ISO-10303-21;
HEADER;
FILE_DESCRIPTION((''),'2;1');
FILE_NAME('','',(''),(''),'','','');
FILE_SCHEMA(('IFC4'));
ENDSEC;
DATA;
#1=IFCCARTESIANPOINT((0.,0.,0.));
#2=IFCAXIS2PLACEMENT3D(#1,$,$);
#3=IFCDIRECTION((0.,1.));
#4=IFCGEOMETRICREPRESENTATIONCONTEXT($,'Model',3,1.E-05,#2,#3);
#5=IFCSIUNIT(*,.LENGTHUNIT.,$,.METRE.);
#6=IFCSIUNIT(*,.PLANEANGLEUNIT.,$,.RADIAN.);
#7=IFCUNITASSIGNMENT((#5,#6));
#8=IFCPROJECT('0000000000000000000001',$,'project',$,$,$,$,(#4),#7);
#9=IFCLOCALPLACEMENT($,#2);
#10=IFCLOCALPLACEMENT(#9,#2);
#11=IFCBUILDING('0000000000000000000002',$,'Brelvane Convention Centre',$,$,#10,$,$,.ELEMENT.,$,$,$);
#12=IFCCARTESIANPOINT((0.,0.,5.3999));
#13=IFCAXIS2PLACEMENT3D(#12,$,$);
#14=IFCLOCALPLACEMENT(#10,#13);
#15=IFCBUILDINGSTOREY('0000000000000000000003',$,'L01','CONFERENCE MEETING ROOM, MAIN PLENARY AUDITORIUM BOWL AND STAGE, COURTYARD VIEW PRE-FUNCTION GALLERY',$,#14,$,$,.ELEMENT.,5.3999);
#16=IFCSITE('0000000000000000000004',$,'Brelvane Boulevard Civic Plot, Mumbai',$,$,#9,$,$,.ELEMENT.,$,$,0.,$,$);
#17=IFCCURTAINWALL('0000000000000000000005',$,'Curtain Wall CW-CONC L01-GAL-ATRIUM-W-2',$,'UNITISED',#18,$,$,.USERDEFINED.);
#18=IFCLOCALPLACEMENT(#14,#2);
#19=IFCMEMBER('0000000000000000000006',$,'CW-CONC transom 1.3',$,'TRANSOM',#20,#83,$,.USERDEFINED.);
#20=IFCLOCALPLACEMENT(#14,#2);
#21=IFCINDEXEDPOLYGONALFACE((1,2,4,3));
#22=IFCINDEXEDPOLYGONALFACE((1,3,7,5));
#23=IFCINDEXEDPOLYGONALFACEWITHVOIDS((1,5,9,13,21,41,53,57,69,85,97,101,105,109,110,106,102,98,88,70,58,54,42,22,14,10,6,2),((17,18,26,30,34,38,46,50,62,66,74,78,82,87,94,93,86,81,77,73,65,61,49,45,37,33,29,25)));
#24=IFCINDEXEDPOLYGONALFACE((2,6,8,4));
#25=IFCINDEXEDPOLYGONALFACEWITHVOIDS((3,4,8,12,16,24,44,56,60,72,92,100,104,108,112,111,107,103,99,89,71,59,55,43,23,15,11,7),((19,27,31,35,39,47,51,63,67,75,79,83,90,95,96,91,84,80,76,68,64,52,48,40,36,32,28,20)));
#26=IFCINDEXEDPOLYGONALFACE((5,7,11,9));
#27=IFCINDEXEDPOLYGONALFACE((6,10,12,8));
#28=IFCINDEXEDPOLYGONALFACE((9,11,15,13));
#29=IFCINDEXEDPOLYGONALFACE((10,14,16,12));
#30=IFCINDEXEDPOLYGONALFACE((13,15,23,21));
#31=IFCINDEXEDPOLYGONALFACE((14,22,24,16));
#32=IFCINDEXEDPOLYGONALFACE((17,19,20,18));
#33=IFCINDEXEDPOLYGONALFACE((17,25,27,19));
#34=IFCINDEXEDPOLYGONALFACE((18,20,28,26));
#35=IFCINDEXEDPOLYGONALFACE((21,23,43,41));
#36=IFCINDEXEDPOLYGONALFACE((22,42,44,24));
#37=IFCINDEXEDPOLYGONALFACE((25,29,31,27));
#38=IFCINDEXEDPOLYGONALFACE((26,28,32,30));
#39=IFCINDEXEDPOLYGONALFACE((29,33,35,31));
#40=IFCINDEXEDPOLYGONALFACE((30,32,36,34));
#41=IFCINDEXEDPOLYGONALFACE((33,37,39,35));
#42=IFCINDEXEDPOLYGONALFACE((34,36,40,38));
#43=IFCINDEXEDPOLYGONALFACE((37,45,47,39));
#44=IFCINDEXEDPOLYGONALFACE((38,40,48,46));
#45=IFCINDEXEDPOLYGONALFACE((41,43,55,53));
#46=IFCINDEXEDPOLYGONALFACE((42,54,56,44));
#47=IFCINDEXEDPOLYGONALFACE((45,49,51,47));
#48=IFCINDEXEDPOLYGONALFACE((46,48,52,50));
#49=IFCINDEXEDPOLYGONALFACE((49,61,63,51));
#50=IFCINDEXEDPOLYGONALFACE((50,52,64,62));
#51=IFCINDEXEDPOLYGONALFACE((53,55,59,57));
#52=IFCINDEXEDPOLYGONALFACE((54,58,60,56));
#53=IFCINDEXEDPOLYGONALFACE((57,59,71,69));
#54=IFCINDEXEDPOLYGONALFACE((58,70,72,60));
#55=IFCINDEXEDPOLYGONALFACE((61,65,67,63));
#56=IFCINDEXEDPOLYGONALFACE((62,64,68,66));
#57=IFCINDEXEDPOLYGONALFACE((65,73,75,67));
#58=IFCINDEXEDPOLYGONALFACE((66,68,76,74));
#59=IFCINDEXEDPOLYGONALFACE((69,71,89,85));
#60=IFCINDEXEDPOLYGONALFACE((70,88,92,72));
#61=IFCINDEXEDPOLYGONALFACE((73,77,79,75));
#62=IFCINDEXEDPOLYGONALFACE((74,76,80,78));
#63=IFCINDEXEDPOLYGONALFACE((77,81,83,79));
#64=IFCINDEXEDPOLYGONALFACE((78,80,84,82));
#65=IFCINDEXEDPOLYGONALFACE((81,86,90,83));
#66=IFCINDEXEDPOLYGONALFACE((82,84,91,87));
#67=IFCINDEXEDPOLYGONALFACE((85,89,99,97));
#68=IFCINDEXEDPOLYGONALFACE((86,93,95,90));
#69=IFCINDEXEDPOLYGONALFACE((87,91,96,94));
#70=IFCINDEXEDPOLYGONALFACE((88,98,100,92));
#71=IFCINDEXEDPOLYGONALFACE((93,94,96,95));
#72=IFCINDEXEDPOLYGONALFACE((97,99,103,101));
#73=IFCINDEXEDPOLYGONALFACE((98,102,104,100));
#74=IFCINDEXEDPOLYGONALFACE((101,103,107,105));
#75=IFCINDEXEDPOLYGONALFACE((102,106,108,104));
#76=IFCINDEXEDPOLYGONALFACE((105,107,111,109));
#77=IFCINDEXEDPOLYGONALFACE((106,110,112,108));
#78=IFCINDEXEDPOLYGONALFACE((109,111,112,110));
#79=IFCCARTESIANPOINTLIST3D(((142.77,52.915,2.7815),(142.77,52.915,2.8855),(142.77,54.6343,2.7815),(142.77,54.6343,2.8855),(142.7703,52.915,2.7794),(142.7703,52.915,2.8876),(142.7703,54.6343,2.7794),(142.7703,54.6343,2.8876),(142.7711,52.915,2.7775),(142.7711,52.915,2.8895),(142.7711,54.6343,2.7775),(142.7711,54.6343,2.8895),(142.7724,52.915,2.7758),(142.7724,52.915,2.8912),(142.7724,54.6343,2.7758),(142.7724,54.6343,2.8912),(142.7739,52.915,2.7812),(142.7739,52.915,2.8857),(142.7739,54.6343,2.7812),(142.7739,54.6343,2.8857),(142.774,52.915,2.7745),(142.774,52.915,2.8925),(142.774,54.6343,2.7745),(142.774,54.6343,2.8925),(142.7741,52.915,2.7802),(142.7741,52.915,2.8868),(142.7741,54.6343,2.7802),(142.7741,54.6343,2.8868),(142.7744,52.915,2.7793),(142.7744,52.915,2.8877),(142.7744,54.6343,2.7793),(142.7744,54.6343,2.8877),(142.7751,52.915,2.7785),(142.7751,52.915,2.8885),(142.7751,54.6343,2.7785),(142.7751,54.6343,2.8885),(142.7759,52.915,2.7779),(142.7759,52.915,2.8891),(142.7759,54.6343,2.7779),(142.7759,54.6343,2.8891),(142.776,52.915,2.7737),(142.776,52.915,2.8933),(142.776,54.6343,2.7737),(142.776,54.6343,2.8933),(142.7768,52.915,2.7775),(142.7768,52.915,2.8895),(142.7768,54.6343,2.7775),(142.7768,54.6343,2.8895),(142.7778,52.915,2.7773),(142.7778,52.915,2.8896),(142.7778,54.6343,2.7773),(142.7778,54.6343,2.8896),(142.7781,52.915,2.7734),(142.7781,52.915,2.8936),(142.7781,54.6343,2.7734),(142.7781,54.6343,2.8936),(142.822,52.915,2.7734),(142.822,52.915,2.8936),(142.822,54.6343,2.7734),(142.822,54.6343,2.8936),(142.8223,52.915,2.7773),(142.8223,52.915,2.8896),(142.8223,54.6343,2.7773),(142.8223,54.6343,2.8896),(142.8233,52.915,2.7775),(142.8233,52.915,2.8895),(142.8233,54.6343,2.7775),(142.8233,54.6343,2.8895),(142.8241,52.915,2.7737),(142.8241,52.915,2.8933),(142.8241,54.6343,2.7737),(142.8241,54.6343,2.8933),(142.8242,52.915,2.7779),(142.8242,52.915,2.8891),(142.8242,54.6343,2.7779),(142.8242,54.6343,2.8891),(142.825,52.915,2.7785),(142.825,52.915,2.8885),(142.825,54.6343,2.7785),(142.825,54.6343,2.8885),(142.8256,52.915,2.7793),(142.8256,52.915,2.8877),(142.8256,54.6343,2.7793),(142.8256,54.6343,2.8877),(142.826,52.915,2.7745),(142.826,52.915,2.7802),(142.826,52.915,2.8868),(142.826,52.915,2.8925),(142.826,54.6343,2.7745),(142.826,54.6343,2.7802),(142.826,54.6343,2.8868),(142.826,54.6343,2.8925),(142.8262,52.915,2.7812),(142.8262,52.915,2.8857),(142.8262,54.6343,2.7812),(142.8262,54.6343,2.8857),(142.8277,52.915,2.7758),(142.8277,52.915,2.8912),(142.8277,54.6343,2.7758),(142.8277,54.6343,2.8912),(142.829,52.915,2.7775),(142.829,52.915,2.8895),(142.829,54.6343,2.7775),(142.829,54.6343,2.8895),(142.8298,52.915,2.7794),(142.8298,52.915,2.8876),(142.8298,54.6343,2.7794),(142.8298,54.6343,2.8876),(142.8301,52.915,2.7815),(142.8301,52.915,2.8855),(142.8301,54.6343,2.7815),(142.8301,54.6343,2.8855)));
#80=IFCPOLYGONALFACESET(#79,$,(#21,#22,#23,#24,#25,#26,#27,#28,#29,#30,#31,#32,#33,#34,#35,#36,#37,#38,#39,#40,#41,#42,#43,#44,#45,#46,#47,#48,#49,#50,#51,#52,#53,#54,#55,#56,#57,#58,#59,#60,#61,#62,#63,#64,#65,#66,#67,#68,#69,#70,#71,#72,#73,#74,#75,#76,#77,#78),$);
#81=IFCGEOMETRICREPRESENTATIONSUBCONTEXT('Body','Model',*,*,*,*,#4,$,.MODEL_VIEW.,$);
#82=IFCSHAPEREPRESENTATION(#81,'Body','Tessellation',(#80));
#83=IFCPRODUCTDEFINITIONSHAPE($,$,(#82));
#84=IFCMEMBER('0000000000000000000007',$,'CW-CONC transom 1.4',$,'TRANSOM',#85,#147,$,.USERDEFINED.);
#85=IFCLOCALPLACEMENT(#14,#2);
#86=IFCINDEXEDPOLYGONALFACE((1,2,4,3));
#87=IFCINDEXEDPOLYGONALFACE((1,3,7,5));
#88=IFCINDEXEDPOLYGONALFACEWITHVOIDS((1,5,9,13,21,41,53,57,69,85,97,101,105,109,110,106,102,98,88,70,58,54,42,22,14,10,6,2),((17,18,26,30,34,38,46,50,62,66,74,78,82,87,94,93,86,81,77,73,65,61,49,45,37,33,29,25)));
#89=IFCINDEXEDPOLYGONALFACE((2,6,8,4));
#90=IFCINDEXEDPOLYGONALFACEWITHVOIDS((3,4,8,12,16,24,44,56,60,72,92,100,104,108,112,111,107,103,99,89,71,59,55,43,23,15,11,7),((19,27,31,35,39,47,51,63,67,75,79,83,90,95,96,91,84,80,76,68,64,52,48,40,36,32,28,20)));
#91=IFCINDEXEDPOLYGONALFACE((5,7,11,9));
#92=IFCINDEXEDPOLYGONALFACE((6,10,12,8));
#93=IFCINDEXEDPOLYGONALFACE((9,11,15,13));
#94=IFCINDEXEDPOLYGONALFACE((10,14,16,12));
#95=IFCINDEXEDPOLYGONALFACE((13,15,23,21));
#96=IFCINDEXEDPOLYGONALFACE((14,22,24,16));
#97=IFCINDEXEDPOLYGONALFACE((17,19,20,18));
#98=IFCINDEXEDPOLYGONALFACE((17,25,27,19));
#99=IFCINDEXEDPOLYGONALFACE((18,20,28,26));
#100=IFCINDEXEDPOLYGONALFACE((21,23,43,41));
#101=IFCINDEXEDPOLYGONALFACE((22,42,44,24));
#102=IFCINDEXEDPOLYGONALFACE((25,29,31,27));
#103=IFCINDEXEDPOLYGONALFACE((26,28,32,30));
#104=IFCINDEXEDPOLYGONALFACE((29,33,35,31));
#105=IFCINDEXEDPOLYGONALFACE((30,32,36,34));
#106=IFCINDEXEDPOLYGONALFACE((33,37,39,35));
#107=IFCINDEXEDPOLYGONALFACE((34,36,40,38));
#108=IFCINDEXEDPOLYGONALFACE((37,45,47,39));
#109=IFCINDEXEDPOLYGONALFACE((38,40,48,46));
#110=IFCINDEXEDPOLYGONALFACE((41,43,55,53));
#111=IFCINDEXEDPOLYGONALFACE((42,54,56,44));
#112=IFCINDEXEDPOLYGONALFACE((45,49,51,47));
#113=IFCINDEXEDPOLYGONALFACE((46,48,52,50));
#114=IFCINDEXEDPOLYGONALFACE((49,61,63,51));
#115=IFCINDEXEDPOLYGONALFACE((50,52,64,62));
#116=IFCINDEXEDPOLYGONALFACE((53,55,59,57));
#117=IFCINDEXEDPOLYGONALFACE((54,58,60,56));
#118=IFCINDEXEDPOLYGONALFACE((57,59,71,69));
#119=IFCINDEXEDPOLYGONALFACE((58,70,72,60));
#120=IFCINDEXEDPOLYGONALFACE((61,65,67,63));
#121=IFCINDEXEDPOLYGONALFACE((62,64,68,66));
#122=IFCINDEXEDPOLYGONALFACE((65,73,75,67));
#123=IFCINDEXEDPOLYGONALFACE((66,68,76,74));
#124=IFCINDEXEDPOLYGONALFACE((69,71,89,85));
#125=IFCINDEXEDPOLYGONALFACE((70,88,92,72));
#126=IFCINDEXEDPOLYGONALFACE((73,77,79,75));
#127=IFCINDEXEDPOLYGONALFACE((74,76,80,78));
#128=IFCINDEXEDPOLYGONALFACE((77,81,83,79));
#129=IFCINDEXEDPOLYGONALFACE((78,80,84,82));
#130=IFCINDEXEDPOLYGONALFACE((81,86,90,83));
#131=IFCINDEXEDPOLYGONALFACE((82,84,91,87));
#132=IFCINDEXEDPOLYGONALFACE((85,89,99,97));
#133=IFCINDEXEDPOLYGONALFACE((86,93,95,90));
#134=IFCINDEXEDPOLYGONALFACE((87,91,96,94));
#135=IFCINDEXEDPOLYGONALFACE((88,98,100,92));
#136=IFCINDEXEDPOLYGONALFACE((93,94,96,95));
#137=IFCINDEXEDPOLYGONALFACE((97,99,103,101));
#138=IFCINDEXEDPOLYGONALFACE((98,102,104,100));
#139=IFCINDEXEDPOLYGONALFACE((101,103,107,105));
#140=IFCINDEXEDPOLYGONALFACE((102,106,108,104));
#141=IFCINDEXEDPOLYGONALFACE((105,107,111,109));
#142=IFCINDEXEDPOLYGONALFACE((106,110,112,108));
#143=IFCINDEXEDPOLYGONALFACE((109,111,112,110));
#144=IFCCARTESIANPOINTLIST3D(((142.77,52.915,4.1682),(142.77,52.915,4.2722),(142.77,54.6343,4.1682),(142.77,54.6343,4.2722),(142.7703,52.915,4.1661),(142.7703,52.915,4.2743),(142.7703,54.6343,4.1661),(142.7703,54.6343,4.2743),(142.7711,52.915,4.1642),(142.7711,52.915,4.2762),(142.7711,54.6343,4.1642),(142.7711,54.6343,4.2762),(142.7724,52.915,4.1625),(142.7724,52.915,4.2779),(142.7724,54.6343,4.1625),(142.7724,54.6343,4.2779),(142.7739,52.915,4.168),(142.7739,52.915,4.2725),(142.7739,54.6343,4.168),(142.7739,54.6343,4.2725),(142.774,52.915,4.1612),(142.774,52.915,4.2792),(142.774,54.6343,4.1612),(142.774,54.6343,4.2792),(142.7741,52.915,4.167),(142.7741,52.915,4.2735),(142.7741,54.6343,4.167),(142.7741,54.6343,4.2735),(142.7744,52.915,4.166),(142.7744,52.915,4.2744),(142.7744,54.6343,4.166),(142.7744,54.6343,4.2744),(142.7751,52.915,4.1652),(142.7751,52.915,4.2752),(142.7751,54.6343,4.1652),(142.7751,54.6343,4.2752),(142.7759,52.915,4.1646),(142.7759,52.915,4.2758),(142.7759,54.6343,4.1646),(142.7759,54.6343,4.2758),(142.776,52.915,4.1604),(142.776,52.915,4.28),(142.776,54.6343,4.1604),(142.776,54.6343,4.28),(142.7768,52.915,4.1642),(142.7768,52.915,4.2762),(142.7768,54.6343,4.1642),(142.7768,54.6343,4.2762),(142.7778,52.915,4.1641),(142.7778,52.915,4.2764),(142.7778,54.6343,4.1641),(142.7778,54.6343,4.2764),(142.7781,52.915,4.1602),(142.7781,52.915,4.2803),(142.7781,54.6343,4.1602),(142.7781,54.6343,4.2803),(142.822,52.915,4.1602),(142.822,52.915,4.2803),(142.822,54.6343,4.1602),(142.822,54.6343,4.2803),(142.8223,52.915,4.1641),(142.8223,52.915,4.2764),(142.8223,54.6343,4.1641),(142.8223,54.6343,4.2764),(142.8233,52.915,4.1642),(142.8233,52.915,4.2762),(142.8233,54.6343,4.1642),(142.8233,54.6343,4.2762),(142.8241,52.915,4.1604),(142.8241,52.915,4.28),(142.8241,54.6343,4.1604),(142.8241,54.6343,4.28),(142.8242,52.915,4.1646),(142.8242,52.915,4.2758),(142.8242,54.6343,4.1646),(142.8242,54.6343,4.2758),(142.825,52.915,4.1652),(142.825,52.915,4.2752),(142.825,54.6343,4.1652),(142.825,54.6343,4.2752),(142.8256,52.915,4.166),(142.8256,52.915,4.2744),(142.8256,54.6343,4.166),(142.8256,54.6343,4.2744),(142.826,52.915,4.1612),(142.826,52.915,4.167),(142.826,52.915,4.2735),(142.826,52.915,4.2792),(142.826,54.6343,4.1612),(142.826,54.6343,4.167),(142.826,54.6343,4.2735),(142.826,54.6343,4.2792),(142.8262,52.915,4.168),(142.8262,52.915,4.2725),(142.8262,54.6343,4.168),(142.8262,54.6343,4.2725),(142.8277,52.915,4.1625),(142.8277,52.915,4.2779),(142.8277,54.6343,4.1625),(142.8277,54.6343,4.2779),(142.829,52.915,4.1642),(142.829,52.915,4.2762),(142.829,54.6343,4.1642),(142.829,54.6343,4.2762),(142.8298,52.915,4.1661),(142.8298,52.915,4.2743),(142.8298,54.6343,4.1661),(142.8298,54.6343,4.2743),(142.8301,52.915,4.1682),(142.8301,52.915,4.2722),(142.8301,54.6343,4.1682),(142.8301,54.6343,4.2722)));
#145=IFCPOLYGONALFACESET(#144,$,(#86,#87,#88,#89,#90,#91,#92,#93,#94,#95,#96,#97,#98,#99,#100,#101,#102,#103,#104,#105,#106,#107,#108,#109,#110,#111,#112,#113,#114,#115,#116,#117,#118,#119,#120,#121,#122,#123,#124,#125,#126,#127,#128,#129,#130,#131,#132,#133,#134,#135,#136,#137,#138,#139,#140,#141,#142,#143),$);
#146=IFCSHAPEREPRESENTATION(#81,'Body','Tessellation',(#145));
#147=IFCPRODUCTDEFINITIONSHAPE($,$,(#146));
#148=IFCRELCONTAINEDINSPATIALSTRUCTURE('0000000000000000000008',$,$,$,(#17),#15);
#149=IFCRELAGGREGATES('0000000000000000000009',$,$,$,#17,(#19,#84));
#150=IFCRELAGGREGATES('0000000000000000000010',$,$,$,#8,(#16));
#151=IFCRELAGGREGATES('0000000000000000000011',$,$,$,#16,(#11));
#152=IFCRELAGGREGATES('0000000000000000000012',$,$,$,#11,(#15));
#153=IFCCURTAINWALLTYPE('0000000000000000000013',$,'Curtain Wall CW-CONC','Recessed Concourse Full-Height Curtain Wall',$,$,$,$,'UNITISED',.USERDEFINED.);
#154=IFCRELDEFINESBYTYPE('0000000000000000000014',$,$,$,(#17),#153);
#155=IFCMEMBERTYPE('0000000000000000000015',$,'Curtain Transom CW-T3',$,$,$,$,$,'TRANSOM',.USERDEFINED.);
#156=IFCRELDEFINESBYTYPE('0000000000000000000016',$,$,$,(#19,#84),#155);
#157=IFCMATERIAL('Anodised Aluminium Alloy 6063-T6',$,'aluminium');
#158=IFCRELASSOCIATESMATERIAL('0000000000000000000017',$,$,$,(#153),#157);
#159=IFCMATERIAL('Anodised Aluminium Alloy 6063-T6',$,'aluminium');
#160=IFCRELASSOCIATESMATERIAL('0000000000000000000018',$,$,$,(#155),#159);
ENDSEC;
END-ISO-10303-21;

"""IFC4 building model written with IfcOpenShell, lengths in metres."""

from ifc_helpers import new_model, si_unit, direction, frame, origin, origin_2d, place, context, subcontext, project, spatial, hollow_rectangle, extrude, material, material_profile, profile_set, type_object, element, aggregate, save


model = new_model("IFC4")

# Units and contexts
model_context = context("Model", 3, precision=1e-05, world=origin(), true_north=direction((0.0, 1.0)))
body_context = subcontext(model_context, "Body", "Model", "MODEL_VIEW")
ifc_project = project(units=[si_unit("LENGTHUNIT", "METRE"), si_unit("PLANEANGLEUNIT", "RADIAN")], contexts=[model_context])

# Site, building, storey
site_placement = place(None, origin())
site = spatial("IfcSite", under=ifc_project, at=site_placement, Name="Brelvane Boulevard Civic Plot, Mumbai", CompositionType="ELEMENT", RefElevation=0.0)
building_placement = place(site_placement, origin())
building = spatial("IfcBuilding", under=site, at=building_placement, Name="Brelvane Convention Centre", CompositionType="ELEMENT")
storey_placement = place(building_placement, frame((0.0, 0.0, 5.3999)))
storey = spatial("IfcBuildingStorey", under=building, at=storey_placement, Name="L01", Description="CONFERENCE MEETING ROOM, MAIN PLENARY AUDITORIUM BOWL AND STAGE, COURTYARD VIEW PRE-FUNCTION GALLERY", CompositionType="ELEMENT", Elevation=5.3999)

# Curtain wall, members
ifc_material_1 = material(Name="Anodised Aluminium Alloy 6063-T6", Category="aluminium")
curtain_wall_type = type_object("IfcCurtainWallType", Name="Curtain Wall CW-CONC", Description="Recessed Concourse Full-Height Curtain Wall", ElementType="UNITISED", PredefinedType="USERDEFINED", material=ifc_material_1)
curtain_wall_placement = place(storey_placement, origin())
curtain_wall = element("IfcCurtainWall", 1, at=curtain_wall_placement, inside=storey, type_object=curtain_wall_type, Name="Curtain Wall CW-CONC L01-GAL-ATRIUM-W-2", ObjectType="UNITISED", PredefinedType="USERDEFINED")
ifc_material_2 = material(Name="Anodised Aluminium Alloy 6063-T6", Category="aluminium")
ifc_material_profile_1 = material_profile(ifc_material_2, hollow_rectangle(XDim=0.0601, YDim=0.1201, WallThickness=0.0039, InnerFilletRadius=0.0039, OuterFilletRadius=0.0081, at=origin_2d()), Name="ALU-T 120x60x4.0")
ifc_profile_set_1 = profile_set([ifc_material_profile_1], Name="Anodised Aluminium Alloy 6063-T6")
member_type_1 = type_object("IfcMemberType", Name="Curtain Transom CW-T3", ElementType="TRANSOM", PredefinedType="USERDEFINED", material=ifc_profile_set_1)
member_1_placement = place(storey_placement, frame((142.8, 52.915, 2.8335), z_axis=(0.0, 1.0, 0.0), x_axis=(-1.0, 0.0, 0.0)))
member_1 = element("IfcMember", 2, at=member_1_placement, type_object=member_type_1, Name="CW-CONC transom 1.3", ObjectType="TRANSOM", PredefinedType="USERDEFINED", context=body_context, shape_type="SweptSolid", body=[
    extrude(hollow_rectangle(XDim=0.0601, YDim=0.1201, WallThickness=0.0039, InnerFilletRadius=0.0039, OuterFilletRadius=0.0081, at=origin_2d()), origin(), (0.0, 0.0, 1.0), 1.7192),
])
member_2_placement = place(storey_placement, frame((142.8, 52.915, 4.2202), z_axis=(0.0, 1.0, 0.0), x_axis=(-1.0, 0.0, 0.0)))
member_2 = element("IfcMember", 3, at=member_2_placement, type_object=member_type_1, Name="CW-CONC transom 1.4", ObjectType="TRANSOM", PredefinedType="USERDEFINED", context=body_context, shape_type="SweptSolid", body=[
    extrude(hollow_rectangle(XDim=0.0601, YDim=0.1201, WallThickness=0.0039, InnerFilletRadius=0.0039, OuterFilletRadius=0.0081, at=origin_2d()), origin(), (0.0, 0.0, 1.0), 1.7192),
])

aggregate(curtain_wall, [member_1, member_2])

save(model, "model.ifc")
